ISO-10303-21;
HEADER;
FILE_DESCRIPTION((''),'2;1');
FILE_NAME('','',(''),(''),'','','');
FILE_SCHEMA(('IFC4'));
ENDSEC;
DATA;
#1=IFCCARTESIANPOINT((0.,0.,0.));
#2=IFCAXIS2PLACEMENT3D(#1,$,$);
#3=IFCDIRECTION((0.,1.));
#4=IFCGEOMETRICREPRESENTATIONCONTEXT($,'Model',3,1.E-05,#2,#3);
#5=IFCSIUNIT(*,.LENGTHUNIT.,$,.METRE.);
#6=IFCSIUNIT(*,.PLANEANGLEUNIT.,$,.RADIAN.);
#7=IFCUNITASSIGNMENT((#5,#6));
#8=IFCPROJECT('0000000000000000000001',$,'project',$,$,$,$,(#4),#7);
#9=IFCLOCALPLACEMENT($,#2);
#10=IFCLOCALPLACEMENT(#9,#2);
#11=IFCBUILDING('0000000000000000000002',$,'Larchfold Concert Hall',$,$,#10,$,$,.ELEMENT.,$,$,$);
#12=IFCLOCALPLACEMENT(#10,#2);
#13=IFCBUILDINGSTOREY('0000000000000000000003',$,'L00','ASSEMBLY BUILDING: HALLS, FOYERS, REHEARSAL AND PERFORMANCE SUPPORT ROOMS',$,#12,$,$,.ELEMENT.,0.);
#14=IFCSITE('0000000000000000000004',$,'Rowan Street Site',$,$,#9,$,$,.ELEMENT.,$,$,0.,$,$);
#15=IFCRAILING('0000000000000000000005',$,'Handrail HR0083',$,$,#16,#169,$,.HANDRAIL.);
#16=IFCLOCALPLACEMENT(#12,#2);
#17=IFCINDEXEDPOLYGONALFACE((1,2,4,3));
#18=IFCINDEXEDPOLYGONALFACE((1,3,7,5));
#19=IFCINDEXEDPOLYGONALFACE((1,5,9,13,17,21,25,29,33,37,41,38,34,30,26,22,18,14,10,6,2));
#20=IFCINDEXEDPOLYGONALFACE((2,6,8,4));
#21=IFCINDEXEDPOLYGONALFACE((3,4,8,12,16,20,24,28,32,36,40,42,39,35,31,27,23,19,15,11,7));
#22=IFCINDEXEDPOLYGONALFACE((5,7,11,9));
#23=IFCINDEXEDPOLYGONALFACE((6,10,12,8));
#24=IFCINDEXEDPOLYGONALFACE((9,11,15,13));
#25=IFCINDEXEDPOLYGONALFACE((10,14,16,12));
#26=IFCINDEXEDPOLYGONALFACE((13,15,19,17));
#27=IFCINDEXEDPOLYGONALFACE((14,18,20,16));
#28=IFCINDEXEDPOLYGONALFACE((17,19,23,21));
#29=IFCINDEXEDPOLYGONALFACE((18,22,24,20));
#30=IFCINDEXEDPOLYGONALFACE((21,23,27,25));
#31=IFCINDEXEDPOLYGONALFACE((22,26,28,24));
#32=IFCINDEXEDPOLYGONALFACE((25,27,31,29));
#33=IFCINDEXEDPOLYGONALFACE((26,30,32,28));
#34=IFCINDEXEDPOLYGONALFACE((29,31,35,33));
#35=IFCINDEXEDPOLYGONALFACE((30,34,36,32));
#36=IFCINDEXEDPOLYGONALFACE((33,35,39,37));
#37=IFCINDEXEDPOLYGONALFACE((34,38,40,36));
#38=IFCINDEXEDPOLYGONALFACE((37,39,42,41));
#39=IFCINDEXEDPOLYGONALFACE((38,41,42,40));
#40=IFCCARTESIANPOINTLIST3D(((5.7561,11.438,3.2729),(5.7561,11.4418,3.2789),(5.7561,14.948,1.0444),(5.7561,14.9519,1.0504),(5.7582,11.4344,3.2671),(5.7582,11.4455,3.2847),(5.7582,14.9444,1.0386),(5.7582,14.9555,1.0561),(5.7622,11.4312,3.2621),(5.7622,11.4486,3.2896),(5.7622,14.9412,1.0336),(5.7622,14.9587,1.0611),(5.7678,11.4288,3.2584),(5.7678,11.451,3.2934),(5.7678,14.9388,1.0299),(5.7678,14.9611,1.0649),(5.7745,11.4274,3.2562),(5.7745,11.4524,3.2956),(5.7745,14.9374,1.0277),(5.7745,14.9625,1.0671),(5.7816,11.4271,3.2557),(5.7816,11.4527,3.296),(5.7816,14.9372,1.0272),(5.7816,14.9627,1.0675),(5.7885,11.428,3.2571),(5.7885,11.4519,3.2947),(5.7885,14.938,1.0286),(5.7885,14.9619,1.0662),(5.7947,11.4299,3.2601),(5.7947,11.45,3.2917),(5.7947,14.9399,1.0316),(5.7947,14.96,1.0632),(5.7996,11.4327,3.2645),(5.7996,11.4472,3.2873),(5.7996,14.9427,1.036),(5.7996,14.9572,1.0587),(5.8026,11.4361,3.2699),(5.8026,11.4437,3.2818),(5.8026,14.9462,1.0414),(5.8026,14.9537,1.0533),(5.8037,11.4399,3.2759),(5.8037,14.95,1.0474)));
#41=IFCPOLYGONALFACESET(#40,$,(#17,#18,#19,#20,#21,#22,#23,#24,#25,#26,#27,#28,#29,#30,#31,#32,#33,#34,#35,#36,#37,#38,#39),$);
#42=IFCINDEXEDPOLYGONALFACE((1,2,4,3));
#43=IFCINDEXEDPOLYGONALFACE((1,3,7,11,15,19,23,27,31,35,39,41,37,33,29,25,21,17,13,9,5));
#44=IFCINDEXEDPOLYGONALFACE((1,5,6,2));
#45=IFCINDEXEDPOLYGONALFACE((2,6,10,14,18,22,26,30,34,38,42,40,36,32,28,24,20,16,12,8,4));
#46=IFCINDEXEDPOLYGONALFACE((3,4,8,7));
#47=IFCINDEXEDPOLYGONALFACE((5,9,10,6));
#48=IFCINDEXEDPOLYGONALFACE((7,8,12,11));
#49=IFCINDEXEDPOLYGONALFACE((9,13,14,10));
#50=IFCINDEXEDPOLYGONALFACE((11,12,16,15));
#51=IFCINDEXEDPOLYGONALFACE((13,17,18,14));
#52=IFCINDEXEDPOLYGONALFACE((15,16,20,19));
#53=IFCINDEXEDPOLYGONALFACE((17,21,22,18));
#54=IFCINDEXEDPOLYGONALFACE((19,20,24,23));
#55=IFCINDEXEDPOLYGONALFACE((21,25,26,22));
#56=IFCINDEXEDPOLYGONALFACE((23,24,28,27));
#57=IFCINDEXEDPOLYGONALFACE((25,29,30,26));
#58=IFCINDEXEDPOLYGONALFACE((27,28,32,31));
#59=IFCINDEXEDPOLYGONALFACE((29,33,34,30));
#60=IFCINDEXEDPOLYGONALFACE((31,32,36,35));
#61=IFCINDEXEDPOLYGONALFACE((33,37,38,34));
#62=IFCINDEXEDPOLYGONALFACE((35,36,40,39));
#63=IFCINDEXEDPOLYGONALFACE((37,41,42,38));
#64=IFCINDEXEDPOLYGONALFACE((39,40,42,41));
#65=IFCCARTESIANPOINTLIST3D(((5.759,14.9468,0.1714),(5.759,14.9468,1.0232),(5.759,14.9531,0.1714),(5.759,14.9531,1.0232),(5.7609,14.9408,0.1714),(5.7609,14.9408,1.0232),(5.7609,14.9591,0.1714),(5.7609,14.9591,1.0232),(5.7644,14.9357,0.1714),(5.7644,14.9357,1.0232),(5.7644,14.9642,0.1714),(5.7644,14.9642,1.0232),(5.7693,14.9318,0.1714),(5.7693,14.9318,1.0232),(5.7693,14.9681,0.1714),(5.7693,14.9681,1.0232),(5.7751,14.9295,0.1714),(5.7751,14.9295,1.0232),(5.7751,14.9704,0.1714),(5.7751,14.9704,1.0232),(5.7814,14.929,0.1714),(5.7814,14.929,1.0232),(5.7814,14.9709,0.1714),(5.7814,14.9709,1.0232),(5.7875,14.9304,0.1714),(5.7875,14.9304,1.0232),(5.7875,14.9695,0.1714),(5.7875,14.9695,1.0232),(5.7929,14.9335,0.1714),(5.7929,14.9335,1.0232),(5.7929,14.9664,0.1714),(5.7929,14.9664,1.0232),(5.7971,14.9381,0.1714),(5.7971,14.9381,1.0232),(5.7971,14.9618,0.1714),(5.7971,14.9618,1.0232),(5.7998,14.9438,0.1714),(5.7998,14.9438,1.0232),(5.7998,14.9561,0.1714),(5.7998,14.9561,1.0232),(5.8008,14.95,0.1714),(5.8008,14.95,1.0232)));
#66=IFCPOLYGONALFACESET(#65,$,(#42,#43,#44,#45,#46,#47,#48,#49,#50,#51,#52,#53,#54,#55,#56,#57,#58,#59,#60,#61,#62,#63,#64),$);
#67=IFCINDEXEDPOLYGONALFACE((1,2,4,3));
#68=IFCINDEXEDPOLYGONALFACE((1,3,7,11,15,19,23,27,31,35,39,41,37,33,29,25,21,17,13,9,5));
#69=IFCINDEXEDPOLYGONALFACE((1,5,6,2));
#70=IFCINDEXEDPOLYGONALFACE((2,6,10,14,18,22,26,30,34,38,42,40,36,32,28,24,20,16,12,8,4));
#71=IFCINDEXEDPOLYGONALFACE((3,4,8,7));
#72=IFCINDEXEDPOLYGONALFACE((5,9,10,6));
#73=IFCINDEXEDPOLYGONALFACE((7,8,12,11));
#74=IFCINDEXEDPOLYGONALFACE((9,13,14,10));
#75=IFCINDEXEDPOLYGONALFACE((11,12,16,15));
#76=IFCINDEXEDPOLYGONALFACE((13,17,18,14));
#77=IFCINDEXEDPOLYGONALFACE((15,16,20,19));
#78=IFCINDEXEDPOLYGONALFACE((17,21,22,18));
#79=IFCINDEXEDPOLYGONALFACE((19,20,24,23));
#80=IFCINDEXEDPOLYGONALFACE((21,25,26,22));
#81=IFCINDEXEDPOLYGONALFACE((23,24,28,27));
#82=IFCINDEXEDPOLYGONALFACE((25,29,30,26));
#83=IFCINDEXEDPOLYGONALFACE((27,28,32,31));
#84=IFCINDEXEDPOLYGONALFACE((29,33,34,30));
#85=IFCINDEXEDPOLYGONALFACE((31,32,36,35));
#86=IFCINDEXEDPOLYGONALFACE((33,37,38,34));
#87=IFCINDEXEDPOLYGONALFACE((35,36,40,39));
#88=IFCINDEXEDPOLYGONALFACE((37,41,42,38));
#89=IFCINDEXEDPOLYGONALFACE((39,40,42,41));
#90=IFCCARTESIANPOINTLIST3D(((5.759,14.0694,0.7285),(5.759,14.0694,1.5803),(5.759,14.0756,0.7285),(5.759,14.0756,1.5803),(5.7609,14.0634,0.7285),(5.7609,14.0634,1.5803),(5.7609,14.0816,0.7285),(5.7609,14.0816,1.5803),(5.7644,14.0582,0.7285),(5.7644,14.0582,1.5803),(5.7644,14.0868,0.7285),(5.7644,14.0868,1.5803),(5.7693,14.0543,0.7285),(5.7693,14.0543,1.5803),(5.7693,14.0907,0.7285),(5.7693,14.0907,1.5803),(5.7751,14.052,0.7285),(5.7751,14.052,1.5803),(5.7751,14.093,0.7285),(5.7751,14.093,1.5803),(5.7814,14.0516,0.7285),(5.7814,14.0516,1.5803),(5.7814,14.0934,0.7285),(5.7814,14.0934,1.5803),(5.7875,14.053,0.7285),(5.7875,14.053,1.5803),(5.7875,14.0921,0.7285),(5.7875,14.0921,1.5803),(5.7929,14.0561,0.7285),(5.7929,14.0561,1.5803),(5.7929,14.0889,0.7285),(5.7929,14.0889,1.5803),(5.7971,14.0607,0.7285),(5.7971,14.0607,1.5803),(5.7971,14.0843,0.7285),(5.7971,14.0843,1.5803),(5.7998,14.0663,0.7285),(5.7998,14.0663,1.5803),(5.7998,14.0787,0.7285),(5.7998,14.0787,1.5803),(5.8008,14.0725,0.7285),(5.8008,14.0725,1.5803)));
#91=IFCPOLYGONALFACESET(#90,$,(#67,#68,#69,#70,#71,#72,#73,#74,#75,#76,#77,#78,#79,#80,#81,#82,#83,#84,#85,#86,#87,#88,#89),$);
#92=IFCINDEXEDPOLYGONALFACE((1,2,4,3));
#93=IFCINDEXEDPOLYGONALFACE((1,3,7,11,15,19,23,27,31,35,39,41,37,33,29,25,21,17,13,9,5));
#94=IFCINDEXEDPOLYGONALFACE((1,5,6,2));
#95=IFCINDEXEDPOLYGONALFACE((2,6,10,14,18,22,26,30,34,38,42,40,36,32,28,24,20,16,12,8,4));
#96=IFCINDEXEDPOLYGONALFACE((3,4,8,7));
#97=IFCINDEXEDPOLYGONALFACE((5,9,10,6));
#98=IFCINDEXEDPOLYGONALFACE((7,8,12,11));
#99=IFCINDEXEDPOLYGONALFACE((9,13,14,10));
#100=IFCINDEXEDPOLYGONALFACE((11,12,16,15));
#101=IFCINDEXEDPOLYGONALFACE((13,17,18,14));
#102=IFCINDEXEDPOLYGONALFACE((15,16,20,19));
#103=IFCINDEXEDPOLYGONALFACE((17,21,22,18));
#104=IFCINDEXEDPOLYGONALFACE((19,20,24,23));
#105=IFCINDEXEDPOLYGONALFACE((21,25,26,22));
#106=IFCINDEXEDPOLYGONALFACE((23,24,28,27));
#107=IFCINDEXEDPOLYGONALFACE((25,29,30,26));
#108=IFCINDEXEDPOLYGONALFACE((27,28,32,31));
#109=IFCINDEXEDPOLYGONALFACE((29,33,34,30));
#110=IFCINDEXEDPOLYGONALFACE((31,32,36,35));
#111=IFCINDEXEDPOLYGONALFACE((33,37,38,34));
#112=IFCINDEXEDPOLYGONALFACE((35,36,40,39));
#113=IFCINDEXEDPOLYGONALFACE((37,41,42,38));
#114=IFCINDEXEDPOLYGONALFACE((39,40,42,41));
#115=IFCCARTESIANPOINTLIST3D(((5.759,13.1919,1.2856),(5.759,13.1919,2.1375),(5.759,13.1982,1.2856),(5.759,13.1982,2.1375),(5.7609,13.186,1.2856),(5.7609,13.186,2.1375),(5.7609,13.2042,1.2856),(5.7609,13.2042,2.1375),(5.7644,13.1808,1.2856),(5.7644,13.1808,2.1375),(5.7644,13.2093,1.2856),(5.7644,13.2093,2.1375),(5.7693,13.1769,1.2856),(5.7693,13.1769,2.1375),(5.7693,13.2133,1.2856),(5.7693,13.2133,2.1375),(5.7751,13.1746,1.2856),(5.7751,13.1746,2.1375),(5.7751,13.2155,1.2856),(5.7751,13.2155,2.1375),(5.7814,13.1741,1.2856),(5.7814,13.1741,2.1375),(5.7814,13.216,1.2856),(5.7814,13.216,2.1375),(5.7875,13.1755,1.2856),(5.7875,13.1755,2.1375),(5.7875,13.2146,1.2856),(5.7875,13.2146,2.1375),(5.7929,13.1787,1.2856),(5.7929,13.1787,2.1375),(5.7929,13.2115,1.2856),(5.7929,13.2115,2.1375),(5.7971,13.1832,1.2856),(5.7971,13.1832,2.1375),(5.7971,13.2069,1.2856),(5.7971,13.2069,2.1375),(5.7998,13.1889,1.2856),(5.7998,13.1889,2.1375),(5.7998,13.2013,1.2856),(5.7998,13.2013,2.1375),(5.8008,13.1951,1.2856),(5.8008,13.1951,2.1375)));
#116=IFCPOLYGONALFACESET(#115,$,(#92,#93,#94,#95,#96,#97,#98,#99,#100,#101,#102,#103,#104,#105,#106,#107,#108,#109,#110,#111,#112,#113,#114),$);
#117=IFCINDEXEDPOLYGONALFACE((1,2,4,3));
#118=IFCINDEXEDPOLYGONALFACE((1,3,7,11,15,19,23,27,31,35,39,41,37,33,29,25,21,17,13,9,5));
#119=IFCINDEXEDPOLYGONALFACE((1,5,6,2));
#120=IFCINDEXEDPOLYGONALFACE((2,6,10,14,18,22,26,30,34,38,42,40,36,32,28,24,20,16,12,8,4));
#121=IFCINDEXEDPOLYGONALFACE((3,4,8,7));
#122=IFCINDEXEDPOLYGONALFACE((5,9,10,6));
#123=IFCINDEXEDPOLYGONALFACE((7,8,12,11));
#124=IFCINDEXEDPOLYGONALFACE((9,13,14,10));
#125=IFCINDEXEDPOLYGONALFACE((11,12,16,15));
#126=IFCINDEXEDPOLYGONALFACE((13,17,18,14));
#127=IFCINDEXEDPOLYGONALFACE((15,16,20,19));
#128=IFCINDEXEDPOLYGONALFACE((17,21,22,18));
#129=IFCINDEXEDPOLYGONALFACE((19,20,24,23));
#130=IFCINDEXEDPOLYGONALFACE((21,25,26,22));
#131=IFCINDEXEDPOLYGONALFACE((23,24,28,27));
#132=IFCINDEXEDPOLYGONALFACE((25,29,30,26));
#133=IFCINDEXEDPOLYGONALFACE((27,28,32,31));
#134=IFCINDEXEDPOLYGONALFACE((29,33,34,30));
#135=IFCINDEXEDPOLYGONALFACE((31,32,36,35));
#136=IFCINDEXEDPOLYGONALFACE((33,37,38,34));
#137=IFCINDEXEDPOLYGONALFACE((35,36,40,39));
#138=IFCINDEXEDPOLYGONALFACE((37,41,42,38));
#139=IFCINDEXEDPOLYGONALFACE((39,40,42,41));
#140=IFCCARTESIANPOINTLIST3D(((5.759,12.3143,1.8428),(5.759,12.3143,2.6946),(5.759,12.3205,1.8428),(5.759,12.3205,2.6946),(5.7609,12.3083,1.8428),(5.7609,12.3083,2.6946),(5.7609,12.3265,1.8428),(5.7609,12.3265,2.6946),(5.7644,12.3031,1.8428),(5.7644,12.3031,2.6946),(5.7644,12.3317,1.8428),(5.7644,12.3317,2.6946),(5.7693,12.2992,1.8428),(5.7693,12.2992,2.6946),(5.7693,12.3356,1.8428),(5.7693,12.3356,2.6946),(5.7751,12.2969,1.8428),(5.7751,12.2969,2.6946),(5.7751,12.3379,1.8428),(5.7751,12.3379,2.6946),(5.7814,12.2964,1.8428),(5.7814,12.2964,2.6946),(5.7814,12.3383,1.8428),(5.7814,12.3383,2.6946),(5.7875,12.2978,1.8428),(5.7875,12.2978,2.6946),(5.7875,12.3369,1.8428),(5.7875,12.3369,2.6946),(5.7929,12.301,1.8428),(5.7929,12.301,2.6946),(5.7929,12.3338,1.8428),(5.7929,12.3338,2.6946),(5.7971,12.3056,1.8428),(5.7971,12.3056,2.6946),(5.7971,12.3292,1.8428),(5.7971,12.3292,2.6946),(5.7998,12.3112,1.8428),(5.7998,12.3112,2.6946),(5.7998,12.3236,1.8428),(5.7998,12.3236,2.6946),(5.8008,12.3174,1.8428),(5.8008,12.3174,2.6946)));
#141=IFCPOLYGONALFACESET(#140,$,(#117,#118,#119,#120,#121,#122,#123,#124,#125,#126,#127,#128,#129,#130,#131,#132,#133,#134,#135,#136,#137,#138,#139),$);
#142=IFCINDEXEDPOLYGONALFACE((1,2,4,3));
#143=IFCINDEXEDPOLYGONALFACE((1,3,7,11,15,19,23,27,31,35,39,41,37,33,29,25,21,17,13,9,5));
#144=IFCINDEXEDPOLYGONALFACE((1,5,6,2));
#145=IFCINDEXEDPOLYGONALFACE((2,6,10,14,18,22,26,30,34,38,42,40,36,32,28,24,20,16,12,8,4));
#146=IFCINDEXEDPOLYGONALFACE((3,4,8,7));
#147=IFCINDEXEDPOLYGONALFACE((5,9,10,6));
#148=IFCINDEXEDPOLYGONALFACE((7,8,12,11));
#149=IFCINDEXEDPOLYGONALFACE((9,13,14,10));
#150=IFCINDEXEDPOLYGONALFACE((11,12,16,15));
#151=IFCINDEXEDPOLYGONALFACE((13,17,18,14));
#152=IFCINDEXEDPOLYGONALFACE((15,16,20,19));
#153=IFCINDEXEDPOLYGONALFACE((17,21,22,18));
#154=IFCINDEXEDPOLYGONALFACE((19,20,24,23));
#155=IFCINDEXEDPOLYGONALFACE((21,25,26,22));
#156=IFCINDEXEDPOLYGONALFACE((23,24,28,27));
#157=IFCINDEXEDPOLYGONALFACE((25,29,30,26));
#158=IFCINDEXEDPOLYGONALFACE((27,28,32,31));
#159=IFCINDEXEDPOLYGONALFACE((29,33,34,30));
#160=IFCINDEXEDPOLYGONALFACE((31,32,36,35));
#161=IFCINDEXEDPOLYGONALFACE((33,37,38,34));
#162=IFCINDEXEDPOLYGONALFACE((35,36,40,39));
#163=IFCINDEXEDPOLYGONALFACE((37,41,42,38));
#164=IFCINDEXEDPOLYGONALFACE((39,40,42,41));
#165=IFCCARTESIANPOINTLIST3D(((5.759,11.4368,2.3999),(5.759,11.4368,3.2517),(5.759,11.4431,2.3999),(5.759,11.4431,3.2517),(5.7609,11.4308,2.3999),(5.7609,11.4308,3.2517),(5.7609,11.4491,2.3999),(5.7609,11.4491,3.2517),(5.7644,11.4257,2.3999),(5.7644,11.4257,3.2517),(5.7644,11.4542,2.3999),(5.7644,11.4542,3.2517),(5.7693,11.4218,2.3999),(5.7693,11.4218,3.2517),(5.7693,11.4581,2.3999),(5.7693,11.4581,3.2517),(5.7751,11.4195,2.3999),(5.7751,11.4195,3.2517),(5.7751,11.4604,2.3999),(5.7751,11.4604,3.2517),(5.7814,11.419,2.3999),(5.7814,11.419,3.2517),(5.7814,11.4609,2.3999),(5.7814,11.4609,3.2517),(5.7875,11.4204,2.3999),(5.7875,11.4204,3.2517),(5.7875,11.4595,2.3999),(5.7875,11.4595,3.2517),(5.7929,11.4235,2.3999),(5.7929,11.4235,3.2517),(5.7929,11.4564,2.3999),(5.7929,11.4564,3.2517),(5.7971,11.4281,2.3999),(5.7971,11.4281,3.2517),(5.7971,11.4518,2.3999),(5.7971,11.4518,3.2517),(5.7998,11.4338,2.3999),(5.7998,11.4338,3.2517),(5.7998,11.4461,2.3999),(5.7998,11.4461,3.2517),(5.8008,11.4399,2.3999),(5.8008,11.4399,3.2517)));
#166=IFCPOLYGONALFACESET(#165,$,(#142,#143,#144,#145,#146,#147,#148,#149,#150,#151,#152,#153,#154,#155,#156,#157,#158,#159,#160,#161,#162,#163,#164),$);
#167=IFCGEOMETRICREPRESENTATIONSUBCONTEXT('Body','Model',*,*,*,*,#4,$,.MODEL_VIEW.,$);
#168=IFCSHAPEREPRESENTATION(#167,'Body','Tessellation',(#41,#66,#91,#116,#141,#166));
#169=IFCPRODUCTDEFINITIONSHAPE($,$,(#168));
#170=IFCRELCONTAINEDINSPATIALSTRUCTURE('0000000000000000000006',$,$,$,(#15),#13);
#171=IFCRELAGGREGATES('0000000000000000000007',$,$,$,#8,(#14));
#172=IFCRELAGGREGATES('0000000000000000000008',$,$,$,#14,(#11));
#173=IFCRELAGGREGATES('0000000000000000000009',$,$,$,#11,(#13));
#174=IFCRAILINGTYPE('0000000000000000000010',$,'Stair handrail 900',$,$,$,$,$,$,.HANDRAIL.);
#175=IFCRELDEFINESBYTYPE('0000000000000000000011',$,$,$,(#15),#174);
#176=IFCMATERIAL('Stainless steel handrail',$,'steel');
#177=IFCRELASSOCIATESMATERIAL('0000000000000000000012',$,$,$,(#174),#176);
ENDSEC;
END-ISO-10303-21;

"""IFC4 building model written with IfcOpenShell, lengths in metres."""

from ifc_helpers import new_model, si_unit, direction, frame, origin, origin_2d, place, context, subcontext, project, spatial, circle, extrude, material, type_object, element, save


model = new_model("IFC4")

# Units and contexts
model_context = context("Model", 3, precision=1e-05, world=origin(), true_north=direction((0.0, 1.0)))
body_context = subcontext(model_context, "Body", "Model", "MODEL_VIEW")
ifc_project = project(units=[si_unit("LENGTHUNIT", "METRE"), si_unit("PLANEANGLEUNIT", "RADIAN")], contexts=[model_context])

# Site, building, storey
site_placement = place(None, origin())
site = spatial("IfcSite", under=ifc_project, at=site_placement, Name="Rowan Street Site", CompositionType="ELEMENT", RefElevation=0.0)
building_placement = place(site_placement, origin())
building = spatial("IfcBuilding", under=site, at=building_placement, Name="Larchfold Concert Hall", CompositionType="ELEMENT")
storey_placement = place(building_placement, origin())
storey = spatial("IfcBuildingStorey", under=building, at=storey_placement, Name="L00", Description="ASSEMBLY BUILDING: HALLS, FOYERS, REHEARSAL AND PERFORMANCE SUPPORT ROOMS", CompositionType="ELEMENT", Elevation=0.0)

# Railing
ifc_material_1 = material(Name="Stainless steel handrail", Category="steel")
railing_type_1 = type_object("IfcRailingType", Name="Stair handrail 900", PredefinedType="HANDRAIL", material=ifc_material_1)
railing_1_placement = place(storey_placement, frame((5.7798, 14.95, 0.1714)))
element("IfcRailing", 1, at=railing_1_placement, inside=storey, type_object=railing_type_1, Name="Handrail HR0083", PredefinedType="HANDRAIL", context=body_context, shape_type="SweptSolid", body=[
    extrude(circle(Radius=0.0239, at=origin_2d()), frame((0.0, 0.0, 0.876), z_axis=(0.0, -0.84422, 0.535998), x_axis=(1.0, 0.0, 0.0)), (0.0, 0.0, 1.0), 4.1577),
    extrude(circle(Radius=0.021, at=origin_2d()), origin(), (0.0, 0.0, 1.0), 0.8518),
    extrude(circle(Radius=0.021, at=origin_2d()), frame((0.0, -0.8774, 0.5571)), (0.0, 0.0, 1.0), 0.8518),
    extrude(circle(Radius=0.021, at=origin_2d()), frame((0.0, -1.7549, 1.1143)), (0.0, 0.0, 1.0), 0.8518),
    extrude(circle(Radius=0.021, at=origin_2d()), frame((0.0, -2.6326, 1.6714)), (0.0, 0.0, 1.0), 0.8518),
    extrude(circle(Radius=0.021, at=origin_2d()), frame((0.0, -3.51, 2.2285)), (0.0, 0.0, 1.0), 0.8518),
])

save(model, "model.ifc")
